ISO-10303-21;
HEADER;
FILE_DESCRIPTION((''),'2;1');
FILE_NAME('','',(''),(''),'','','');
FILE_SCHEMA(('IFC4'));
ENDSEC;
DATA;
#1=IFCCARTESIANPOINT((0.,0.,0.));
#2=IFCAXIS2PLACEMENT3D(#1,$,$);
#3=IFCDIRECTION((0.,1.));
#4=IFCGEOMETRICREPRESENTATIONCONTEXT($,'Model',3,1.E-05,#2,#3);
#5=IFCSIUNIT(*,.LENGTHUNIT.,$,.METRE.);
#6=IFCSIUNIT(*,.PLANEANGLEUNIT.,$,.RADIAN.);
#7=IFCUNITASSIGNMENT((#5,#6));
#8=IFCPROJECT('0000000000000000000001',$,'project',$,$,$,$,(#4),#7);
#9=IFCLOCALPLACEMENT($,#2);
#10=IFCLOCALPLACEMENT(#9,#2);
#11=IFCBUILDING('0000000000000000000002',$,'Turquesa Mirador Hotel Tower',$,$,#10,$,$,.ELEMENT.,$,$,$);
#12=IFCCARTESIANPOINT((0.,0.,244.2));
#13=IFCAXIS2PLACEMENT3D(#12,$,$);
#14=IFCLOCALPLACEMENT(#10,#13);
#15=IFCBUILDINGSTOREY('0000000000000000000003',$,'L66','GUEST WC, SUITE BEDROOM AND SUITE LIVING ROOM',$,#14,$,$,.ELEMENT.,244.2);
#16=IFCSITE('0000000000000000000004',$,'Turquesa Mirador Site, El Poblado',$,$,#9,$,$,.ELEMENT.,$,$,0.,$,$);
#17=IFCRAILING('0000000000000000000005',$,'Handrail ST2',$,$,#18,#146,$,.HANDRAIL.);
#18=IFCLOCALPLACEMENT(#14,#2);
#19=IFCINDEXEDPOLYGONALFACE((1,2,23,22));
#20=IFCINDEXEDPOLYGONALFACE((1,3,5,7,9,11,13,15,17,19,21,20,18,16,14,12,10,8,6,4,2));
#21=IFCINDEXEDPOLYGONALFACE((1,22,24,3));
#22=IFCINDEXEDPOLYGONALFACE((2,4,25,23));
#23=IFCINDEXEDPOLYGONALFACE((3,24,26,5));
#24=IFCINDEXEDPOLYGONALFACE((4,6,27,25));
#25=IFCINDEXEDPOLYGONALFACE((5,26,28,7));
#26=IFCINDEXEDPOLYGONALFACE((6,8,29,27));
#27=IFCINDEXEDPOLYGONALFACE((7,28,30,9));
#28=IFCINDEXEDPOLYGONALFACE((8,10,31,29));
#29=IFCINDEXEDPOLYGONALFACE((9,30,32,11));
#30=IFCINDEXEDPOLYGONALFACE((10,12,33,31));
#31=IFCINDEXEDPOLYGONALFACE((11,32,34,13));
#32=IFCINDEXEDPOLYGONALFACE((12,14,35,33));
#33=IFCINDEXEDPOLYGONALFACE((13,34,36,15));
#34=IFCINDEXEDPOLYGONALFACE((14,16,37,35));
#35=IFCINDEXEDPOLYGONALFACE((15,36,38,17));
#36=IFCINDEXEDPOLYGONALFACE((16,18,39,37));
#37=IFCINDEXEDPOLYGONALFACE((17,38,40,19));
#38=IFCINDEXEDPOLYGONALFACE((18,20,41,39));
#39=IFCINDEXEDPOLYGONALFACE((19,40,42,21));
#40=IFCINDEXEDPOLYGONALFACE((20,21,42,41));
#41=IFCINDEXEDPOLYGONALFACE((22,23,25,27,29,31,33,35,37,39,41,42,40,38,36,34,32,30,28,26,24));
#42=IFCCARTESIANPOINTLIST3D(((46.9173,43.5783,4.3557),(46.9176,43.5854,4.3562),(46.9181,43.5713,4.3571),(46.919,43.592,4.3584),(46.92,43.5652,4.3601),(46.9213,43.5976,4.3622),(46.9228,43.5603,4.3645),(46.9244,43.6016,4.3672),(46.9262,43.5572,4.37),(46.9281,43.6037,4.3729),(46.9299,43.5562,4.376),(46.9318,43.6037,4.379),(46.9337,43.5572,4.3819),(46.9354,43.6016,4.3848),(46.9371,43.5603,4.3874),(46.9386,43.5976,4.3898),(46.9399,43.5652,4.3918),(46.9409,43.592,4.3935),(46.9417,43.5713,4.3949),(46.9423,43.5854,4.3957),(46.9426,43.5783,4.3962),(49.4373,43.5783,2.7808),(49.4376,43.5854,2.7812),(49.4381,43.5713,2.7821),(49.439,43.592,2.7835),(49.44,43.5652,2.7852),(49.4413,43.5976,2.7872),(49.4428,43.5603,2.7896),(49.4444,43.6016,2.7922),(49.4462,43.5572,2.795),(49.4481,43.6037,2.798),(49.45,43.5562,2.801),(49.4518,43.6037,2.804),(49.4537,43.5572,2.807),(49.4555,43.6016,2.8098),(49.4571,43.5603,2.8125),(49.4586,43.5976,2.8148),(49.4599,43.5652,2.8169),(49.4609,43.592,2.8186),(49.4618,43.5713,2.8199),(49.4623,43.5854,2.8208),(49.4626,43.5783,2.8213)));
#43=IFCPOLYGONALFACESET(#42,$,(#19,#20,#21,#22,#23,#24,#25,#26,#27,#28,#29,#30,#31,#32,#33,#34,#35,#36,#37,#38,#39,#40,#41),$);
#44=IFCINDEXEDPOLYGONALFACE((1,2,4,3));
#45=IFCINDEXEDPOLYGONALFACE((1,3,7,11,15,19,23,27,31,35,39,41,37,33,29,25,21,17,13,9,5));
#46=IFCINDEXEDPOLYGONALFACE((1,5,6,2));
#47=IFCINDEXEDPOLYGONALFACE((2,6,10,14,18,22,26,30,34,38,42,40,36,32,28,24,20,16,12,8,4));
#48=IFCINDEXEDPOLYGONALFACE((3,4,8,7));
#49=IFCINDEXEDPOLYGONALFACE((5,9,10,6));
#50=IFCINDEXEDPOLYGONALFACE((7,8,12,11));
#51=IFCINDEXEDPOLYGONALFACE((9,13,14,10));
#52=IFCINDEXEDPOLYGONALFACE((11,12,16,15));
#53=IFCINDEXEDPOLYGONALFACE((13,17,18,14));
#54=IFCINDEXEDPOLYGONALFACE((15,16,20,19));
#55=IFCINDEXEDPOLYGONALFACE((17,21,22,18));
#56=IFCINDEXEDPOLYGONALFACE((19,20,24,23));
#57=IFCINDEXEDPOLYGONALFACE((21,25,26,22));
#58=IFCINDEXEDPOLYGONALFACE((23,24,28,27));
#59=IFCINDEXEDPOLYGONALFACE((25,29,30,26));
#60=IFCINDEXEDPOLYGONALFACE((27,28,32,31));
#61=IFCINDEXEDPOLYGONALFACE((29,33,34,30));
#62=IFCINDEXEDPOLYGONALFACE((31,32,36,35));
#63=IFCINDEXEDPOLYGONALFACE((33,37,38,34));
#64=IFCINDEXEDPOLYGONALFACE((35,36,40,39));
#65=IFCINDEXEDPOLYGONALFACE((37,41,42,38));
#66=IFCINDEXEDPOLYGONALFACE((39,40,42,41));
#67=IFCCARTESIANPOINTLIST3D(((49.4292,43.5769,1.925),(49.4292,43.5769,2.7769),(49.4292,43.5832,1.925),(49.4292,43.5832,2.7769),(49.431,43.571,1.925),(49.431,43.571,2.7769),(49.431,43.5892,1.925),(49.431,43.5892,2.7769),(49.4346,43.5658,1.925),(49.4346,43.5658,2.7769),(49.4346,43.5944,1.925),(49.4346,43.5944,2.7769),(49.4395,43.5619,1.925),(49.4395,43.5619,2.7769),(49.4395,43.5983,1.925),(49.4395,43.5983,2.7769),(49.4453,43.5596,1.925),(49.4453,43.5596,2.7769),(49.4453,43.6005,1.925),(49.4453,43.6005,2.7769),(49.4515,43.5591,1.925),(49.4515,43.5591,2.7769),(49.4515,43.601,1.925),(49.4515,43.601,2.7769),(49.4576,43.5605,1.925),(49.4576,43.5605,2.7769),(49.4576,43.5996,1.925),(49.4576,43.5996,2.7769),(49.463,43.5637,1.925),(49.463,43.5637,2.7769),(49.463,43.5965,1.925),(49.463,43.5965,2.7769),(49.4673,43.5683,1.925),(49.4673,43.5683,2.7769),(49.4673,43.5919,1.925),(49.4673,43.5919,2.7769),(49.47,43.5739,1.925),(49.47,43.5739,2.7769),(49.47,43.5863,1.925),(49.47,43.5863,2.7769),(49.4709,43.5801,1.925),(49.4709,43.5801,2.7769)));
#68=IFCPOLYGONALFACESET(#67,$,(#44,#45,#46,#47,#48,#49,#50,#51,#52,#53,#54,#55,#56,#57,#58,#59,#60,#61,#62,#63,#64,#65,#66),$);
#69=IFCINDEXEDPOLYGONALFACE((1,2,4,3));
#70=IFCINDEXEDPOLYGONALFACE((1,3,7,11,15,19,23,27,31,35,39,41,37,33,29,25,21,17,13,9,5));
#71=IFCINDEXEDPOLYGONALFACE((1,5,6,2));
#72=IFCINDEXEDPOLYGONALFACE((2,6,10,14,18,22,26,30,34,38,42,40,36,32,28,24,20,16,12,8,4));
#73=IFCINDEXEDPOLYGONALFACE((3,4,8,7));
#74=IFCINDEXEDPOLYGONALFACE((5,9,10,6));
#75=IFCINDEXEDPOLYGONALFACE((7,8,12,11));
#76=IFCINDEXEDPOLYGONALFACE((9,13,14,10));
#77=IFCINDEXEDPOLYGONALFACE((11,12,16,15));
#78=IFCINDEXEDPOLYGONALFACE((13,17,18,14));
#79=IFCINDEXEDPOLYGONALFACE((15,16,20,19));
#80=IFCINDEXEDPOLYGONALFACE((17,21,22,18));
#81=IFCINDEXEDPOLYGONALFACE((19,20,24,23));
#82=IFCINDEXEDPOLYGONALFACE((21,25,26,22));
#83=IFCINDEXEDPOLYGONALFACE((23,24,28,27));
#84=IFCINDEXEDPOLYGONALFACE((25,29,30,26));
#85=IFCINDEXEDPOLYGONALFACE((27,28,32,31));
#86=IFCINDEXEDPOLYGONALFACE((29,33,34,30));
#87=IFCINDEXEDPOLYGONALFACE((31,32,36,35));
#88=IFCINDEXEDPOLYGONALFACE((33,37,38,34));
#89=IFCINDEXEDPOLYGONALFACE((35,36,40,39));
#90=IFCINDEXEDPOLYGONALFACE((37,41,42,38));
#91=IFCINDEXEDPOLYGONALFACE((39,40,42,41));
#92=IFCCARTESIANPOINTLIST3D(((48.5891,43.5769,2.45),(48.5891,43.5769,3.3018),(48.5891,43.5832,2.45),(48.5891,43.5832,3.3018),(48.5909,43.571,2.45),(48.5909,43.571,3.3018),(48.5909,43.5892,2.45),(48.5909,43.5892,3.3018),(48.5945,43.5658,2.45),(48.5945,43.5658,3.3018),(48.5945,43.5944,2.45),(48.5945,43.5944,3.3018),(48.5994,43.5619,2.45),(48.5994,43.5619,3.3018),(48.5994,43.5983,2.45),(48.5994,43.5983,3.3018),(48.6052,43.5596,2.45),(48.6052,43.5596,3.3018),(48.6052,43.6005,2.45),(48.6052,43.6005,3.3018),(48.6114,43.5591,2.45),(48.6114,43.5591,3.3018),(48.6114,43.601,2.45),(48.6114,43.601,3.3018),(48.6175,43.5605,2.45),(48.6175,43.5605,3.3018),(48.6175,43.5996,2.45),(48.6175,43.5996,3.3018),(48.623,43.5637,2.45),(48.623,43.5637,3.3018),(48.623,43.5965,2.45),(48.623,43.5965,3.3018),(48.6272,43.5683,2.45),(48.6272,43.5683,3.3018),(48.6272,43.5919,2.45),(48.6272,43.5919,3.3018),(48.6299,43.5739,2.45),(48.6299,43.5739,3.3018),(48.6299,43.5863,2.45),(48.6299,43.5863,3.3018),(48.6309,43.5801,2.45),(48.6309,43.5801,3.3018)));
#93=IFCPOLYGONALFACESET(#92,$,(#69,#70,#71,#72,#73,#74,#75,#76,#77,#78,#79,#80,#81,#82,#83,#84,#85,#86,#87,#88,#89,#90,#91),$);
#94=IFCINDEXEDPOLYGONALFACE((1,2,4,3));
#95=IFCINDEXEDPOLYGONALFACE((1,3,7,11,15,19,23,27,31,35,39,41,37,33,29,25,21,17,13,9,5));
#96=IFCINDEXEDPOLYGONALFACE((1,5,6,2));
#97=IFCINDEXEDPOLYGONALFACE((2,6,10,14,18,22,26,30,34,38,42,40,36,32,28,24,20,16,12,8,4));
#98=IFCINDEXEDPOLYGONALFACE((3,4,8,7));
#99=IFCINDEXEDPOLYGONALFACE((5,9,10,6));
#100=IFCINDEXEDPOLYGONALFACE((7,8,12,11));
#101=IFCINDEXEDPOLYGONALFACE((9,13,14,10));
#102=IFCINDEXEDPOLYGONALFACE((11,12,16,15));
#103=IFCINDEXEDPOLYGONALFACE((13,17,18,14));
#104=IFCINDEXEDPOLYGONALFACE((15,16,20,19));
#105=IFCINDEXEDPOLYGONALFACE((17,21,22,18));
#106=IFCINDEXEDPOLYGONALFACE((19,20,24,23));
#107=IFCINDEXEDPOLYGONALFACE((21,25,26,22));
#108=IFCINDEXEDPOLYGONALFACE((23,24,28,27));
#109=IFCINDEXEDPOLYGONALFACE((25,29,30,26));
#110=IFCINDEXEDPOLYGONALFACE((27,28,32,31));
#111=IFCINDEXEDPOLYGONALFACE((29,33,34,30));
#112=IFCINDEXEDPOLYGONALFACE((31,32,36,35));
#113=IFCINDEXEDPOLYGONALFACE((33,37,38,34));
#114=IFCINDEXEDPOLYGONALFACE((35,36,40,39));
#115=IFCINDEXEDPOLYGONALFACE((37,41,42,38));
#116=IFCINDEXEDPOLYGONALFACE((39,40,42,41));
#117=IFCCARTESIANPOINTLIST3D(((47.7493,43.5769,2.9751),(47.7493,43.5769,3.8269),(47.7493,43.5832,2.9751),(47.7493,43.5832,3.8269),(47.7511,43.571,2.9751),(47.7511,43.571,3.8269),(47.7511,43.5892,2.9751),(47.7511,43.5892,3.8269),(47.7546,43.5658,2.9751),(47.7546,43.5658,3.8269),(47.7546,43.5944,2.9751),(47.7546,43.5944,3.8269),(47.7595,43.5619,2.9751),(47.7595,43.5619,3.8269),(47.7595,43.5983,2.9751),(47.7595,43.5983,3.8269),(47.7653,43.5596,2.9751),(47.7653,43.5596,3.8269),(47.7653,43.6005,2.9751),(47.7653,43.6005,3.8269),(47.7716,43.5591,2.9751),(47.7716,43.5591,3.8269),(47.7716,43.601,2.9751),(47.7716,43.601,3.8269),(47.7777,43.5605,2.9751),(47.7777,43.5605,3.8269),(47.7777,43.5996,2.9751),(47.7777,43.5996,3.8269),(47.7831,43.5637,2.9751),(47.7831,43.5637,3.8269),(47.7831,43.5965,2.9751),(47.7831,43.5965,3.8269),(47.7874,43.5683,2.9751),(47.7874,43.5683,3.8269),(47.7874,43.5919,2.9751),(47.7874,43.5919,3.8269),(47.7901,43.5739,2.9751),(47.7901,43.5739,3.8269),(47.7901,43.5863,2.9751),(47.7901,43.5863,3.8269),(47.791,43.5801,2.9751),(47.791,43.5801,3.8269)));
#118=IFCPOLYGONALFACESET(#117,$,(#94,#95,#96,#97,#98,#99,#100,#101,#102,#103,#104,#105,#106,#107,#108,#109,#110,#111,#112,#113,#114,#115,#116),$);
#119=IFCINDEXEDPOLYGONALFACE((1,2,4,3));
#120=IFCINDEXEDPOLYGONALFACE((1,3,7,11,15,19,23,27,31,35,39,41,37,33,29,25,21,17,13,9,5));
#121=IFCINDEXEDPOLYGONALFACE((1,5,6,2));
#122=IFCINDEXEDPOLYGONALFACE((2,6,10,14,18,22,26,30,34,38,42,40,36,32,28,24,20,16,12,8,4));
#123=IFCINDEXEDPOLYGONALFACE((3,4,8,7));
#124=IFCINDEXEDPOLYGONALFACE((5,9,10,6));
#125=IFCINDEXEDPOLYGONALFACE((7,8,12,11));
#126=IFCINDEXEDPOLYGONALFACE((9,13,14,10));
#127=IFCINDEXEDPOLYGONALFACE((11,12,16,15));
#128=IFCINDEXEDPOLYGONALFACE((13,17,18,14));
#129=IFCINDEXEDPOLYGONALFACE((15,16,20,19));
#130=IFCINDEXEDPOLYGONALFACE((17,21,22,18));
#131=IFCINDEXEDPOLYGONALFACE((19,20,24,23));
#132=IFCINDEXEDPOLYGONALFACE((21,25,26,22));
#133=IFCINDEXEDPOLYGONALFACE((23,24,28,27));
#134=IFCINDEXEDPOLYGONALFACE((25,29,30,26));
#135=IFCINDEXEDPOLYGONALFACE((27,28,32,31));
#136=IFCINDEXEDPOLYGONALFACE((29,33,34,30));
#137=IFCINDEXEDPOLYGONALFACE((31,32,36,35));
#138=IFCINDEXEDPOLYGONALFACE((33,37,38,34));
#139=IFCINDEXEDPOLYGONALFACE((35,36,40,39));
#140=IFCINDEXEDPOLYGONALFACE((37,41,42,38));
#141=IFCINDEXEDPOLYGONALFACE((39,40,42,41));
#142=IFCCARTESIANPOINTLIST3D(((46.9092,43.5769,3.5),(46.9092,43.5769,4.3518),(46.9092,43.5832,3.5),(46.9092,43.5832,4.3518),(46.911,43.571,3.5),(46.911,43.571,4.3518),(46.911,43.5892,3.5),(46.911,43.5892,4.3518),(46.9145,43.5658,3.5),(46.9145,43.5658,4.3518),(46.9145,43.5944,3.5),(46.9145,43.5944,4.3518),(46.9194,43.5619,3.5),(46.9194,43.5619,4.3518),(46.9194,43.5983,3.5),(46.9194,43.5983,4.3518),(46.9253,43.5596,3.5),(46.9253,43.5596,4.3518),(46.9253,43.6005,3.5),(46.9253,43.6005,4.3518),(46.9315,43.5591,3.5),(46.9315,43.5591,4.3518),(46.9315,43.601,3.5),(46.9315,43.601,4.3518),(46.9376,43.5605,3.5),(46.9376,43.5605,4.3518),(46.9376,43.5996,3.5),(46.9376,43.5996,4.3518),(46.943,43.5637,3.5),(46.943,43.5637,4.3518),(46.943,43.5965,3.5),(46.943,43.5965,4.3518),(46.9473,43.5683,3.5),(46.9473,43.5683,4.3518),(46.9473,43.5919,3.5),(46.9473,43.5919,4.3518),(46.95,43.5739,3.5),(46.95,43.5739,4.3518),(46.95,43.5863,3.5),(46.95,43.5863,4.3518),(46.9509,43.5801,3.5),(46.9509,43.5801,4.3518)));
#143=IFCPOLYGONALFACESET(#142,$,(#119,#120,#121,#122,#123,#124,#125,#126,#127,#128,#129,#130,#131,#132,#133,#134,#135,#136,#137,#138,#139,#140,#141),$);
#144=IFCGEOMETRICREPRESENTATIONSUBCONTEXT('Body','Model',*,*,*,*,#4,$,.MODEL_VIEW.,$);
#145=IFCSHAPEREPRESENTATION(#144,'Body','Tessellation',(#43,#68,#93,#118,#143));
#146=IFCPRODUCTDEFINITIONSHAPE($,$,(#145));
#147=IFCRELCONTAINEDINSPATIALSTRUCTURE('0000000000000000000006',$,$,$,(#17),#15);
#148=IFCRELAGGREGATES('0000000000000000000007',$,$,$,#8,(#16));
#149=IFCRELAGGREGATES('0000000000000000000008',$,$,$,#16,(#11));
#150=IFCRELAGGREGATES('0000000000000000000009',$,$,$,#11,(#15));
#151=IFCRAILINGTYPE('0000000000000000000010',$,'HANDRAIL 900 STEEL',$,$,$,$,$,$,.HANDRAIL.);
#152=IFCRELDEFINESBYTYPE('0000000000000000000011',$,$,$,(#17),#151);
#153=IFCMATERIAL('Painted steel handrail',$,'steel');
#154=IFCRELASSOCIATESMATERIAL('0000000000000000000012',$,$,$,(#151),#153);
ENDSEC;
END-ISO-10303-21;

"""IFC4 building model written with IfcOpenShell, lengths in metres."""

from ifc_helpers import new_model, si_unit, direction, frame, origin, origin_2d, place, context, subcontext, project, spatial, circle, extrude, material, type_object, element, save


model = new_model("IFC4")

# Units and contexts
model_context = context("Model", 3, precision=1e-05, world=origin(), true_north=direction((0.0, 1.0)))
body_context = subcontext(model_context, "Body", "Model", "MODEL_VIEW")
ifc_project = project(units=[si_unit("LENGTHUNIT", "METRE"), si_unit("PLANEANGLEUNIT", "RADIAN")], contexts=[model_context])

# Site, building, storey
site_placement = place(None, origin())
site = spatial("IfcSite", under=ifc_project, at=site_placement, Name="Turquesa Mirador Site, El Poblado", CompositionType="ELEMENT", RefElevation=0.0)
building_placement = place(site_placement, origin())
building = spatial("IfcBuilding", under=site, at=building_placement, Name="Turquesa Mirador Hotel Tower", CompositionType="ELEMENT")
storey_placement = place(building_placement, frame((0.0, 0.0, 244.2)))
storey = spatial("IfcBuildingStorey", under=building, at=storey_placement, Name="L66", Description="GUEST WC, SUITE BEDROOM AND SUITE LIVING ROOM", CompositionType="ELEMENT", Elevation=244.2)

# Railing
ifc_material_1 = material(Name="Painted steel handrail", Category="steel")
railing_type = type_object("IfcRailingType", Name="HANDRAIL 900 STEEL", PredefinedType="HANDRAIL", material=ifc_material_1)
railing_1_placement = place(storey_placement, frame((49.45, 43.5801, 1.925)))
element("IfcRailing", 1, at=railing_1_placement, inside=storey, type_object=railing_type, Name="Handrail ST2", PredefinedType="HANDRAIL", context=body_context, shape_type="SweptSolid", body=[
    extrude(circle(Radius=0.0239, at=origin_2d()), frame((0.0, 0.0, 0.876), z_axis=(-0.848008, 0.0, 0.529984), x_axis=(0.0, -1.0, 0.0)), (0.0, 0.0, 1.0), 2.9717),
    extrude(circle(Radius=0.021, at=origin_2d()), origin(), (0.0, 0.0, 1.0), 0.8518),
    extrude(circle(Radius=0.021, at=origin_2d()), frame((-0.8401, 0.0, 0.5249)), (0.0, 0.0, 1.0), 0.8518),
    extrude(circle(Radius=0.021, at=origin_2d()), frame((-1.6799, 0.0, 1.05)), (0.0, 0.0, 1.0), 0.8518),
    extrude(circle(Radius=0.021, at=origin_2d()), frame((-2.52, 0.0, 1.575)), (0.0, 0.0, 1.0), 0.8518),
])

save(model, "model.ifc")
